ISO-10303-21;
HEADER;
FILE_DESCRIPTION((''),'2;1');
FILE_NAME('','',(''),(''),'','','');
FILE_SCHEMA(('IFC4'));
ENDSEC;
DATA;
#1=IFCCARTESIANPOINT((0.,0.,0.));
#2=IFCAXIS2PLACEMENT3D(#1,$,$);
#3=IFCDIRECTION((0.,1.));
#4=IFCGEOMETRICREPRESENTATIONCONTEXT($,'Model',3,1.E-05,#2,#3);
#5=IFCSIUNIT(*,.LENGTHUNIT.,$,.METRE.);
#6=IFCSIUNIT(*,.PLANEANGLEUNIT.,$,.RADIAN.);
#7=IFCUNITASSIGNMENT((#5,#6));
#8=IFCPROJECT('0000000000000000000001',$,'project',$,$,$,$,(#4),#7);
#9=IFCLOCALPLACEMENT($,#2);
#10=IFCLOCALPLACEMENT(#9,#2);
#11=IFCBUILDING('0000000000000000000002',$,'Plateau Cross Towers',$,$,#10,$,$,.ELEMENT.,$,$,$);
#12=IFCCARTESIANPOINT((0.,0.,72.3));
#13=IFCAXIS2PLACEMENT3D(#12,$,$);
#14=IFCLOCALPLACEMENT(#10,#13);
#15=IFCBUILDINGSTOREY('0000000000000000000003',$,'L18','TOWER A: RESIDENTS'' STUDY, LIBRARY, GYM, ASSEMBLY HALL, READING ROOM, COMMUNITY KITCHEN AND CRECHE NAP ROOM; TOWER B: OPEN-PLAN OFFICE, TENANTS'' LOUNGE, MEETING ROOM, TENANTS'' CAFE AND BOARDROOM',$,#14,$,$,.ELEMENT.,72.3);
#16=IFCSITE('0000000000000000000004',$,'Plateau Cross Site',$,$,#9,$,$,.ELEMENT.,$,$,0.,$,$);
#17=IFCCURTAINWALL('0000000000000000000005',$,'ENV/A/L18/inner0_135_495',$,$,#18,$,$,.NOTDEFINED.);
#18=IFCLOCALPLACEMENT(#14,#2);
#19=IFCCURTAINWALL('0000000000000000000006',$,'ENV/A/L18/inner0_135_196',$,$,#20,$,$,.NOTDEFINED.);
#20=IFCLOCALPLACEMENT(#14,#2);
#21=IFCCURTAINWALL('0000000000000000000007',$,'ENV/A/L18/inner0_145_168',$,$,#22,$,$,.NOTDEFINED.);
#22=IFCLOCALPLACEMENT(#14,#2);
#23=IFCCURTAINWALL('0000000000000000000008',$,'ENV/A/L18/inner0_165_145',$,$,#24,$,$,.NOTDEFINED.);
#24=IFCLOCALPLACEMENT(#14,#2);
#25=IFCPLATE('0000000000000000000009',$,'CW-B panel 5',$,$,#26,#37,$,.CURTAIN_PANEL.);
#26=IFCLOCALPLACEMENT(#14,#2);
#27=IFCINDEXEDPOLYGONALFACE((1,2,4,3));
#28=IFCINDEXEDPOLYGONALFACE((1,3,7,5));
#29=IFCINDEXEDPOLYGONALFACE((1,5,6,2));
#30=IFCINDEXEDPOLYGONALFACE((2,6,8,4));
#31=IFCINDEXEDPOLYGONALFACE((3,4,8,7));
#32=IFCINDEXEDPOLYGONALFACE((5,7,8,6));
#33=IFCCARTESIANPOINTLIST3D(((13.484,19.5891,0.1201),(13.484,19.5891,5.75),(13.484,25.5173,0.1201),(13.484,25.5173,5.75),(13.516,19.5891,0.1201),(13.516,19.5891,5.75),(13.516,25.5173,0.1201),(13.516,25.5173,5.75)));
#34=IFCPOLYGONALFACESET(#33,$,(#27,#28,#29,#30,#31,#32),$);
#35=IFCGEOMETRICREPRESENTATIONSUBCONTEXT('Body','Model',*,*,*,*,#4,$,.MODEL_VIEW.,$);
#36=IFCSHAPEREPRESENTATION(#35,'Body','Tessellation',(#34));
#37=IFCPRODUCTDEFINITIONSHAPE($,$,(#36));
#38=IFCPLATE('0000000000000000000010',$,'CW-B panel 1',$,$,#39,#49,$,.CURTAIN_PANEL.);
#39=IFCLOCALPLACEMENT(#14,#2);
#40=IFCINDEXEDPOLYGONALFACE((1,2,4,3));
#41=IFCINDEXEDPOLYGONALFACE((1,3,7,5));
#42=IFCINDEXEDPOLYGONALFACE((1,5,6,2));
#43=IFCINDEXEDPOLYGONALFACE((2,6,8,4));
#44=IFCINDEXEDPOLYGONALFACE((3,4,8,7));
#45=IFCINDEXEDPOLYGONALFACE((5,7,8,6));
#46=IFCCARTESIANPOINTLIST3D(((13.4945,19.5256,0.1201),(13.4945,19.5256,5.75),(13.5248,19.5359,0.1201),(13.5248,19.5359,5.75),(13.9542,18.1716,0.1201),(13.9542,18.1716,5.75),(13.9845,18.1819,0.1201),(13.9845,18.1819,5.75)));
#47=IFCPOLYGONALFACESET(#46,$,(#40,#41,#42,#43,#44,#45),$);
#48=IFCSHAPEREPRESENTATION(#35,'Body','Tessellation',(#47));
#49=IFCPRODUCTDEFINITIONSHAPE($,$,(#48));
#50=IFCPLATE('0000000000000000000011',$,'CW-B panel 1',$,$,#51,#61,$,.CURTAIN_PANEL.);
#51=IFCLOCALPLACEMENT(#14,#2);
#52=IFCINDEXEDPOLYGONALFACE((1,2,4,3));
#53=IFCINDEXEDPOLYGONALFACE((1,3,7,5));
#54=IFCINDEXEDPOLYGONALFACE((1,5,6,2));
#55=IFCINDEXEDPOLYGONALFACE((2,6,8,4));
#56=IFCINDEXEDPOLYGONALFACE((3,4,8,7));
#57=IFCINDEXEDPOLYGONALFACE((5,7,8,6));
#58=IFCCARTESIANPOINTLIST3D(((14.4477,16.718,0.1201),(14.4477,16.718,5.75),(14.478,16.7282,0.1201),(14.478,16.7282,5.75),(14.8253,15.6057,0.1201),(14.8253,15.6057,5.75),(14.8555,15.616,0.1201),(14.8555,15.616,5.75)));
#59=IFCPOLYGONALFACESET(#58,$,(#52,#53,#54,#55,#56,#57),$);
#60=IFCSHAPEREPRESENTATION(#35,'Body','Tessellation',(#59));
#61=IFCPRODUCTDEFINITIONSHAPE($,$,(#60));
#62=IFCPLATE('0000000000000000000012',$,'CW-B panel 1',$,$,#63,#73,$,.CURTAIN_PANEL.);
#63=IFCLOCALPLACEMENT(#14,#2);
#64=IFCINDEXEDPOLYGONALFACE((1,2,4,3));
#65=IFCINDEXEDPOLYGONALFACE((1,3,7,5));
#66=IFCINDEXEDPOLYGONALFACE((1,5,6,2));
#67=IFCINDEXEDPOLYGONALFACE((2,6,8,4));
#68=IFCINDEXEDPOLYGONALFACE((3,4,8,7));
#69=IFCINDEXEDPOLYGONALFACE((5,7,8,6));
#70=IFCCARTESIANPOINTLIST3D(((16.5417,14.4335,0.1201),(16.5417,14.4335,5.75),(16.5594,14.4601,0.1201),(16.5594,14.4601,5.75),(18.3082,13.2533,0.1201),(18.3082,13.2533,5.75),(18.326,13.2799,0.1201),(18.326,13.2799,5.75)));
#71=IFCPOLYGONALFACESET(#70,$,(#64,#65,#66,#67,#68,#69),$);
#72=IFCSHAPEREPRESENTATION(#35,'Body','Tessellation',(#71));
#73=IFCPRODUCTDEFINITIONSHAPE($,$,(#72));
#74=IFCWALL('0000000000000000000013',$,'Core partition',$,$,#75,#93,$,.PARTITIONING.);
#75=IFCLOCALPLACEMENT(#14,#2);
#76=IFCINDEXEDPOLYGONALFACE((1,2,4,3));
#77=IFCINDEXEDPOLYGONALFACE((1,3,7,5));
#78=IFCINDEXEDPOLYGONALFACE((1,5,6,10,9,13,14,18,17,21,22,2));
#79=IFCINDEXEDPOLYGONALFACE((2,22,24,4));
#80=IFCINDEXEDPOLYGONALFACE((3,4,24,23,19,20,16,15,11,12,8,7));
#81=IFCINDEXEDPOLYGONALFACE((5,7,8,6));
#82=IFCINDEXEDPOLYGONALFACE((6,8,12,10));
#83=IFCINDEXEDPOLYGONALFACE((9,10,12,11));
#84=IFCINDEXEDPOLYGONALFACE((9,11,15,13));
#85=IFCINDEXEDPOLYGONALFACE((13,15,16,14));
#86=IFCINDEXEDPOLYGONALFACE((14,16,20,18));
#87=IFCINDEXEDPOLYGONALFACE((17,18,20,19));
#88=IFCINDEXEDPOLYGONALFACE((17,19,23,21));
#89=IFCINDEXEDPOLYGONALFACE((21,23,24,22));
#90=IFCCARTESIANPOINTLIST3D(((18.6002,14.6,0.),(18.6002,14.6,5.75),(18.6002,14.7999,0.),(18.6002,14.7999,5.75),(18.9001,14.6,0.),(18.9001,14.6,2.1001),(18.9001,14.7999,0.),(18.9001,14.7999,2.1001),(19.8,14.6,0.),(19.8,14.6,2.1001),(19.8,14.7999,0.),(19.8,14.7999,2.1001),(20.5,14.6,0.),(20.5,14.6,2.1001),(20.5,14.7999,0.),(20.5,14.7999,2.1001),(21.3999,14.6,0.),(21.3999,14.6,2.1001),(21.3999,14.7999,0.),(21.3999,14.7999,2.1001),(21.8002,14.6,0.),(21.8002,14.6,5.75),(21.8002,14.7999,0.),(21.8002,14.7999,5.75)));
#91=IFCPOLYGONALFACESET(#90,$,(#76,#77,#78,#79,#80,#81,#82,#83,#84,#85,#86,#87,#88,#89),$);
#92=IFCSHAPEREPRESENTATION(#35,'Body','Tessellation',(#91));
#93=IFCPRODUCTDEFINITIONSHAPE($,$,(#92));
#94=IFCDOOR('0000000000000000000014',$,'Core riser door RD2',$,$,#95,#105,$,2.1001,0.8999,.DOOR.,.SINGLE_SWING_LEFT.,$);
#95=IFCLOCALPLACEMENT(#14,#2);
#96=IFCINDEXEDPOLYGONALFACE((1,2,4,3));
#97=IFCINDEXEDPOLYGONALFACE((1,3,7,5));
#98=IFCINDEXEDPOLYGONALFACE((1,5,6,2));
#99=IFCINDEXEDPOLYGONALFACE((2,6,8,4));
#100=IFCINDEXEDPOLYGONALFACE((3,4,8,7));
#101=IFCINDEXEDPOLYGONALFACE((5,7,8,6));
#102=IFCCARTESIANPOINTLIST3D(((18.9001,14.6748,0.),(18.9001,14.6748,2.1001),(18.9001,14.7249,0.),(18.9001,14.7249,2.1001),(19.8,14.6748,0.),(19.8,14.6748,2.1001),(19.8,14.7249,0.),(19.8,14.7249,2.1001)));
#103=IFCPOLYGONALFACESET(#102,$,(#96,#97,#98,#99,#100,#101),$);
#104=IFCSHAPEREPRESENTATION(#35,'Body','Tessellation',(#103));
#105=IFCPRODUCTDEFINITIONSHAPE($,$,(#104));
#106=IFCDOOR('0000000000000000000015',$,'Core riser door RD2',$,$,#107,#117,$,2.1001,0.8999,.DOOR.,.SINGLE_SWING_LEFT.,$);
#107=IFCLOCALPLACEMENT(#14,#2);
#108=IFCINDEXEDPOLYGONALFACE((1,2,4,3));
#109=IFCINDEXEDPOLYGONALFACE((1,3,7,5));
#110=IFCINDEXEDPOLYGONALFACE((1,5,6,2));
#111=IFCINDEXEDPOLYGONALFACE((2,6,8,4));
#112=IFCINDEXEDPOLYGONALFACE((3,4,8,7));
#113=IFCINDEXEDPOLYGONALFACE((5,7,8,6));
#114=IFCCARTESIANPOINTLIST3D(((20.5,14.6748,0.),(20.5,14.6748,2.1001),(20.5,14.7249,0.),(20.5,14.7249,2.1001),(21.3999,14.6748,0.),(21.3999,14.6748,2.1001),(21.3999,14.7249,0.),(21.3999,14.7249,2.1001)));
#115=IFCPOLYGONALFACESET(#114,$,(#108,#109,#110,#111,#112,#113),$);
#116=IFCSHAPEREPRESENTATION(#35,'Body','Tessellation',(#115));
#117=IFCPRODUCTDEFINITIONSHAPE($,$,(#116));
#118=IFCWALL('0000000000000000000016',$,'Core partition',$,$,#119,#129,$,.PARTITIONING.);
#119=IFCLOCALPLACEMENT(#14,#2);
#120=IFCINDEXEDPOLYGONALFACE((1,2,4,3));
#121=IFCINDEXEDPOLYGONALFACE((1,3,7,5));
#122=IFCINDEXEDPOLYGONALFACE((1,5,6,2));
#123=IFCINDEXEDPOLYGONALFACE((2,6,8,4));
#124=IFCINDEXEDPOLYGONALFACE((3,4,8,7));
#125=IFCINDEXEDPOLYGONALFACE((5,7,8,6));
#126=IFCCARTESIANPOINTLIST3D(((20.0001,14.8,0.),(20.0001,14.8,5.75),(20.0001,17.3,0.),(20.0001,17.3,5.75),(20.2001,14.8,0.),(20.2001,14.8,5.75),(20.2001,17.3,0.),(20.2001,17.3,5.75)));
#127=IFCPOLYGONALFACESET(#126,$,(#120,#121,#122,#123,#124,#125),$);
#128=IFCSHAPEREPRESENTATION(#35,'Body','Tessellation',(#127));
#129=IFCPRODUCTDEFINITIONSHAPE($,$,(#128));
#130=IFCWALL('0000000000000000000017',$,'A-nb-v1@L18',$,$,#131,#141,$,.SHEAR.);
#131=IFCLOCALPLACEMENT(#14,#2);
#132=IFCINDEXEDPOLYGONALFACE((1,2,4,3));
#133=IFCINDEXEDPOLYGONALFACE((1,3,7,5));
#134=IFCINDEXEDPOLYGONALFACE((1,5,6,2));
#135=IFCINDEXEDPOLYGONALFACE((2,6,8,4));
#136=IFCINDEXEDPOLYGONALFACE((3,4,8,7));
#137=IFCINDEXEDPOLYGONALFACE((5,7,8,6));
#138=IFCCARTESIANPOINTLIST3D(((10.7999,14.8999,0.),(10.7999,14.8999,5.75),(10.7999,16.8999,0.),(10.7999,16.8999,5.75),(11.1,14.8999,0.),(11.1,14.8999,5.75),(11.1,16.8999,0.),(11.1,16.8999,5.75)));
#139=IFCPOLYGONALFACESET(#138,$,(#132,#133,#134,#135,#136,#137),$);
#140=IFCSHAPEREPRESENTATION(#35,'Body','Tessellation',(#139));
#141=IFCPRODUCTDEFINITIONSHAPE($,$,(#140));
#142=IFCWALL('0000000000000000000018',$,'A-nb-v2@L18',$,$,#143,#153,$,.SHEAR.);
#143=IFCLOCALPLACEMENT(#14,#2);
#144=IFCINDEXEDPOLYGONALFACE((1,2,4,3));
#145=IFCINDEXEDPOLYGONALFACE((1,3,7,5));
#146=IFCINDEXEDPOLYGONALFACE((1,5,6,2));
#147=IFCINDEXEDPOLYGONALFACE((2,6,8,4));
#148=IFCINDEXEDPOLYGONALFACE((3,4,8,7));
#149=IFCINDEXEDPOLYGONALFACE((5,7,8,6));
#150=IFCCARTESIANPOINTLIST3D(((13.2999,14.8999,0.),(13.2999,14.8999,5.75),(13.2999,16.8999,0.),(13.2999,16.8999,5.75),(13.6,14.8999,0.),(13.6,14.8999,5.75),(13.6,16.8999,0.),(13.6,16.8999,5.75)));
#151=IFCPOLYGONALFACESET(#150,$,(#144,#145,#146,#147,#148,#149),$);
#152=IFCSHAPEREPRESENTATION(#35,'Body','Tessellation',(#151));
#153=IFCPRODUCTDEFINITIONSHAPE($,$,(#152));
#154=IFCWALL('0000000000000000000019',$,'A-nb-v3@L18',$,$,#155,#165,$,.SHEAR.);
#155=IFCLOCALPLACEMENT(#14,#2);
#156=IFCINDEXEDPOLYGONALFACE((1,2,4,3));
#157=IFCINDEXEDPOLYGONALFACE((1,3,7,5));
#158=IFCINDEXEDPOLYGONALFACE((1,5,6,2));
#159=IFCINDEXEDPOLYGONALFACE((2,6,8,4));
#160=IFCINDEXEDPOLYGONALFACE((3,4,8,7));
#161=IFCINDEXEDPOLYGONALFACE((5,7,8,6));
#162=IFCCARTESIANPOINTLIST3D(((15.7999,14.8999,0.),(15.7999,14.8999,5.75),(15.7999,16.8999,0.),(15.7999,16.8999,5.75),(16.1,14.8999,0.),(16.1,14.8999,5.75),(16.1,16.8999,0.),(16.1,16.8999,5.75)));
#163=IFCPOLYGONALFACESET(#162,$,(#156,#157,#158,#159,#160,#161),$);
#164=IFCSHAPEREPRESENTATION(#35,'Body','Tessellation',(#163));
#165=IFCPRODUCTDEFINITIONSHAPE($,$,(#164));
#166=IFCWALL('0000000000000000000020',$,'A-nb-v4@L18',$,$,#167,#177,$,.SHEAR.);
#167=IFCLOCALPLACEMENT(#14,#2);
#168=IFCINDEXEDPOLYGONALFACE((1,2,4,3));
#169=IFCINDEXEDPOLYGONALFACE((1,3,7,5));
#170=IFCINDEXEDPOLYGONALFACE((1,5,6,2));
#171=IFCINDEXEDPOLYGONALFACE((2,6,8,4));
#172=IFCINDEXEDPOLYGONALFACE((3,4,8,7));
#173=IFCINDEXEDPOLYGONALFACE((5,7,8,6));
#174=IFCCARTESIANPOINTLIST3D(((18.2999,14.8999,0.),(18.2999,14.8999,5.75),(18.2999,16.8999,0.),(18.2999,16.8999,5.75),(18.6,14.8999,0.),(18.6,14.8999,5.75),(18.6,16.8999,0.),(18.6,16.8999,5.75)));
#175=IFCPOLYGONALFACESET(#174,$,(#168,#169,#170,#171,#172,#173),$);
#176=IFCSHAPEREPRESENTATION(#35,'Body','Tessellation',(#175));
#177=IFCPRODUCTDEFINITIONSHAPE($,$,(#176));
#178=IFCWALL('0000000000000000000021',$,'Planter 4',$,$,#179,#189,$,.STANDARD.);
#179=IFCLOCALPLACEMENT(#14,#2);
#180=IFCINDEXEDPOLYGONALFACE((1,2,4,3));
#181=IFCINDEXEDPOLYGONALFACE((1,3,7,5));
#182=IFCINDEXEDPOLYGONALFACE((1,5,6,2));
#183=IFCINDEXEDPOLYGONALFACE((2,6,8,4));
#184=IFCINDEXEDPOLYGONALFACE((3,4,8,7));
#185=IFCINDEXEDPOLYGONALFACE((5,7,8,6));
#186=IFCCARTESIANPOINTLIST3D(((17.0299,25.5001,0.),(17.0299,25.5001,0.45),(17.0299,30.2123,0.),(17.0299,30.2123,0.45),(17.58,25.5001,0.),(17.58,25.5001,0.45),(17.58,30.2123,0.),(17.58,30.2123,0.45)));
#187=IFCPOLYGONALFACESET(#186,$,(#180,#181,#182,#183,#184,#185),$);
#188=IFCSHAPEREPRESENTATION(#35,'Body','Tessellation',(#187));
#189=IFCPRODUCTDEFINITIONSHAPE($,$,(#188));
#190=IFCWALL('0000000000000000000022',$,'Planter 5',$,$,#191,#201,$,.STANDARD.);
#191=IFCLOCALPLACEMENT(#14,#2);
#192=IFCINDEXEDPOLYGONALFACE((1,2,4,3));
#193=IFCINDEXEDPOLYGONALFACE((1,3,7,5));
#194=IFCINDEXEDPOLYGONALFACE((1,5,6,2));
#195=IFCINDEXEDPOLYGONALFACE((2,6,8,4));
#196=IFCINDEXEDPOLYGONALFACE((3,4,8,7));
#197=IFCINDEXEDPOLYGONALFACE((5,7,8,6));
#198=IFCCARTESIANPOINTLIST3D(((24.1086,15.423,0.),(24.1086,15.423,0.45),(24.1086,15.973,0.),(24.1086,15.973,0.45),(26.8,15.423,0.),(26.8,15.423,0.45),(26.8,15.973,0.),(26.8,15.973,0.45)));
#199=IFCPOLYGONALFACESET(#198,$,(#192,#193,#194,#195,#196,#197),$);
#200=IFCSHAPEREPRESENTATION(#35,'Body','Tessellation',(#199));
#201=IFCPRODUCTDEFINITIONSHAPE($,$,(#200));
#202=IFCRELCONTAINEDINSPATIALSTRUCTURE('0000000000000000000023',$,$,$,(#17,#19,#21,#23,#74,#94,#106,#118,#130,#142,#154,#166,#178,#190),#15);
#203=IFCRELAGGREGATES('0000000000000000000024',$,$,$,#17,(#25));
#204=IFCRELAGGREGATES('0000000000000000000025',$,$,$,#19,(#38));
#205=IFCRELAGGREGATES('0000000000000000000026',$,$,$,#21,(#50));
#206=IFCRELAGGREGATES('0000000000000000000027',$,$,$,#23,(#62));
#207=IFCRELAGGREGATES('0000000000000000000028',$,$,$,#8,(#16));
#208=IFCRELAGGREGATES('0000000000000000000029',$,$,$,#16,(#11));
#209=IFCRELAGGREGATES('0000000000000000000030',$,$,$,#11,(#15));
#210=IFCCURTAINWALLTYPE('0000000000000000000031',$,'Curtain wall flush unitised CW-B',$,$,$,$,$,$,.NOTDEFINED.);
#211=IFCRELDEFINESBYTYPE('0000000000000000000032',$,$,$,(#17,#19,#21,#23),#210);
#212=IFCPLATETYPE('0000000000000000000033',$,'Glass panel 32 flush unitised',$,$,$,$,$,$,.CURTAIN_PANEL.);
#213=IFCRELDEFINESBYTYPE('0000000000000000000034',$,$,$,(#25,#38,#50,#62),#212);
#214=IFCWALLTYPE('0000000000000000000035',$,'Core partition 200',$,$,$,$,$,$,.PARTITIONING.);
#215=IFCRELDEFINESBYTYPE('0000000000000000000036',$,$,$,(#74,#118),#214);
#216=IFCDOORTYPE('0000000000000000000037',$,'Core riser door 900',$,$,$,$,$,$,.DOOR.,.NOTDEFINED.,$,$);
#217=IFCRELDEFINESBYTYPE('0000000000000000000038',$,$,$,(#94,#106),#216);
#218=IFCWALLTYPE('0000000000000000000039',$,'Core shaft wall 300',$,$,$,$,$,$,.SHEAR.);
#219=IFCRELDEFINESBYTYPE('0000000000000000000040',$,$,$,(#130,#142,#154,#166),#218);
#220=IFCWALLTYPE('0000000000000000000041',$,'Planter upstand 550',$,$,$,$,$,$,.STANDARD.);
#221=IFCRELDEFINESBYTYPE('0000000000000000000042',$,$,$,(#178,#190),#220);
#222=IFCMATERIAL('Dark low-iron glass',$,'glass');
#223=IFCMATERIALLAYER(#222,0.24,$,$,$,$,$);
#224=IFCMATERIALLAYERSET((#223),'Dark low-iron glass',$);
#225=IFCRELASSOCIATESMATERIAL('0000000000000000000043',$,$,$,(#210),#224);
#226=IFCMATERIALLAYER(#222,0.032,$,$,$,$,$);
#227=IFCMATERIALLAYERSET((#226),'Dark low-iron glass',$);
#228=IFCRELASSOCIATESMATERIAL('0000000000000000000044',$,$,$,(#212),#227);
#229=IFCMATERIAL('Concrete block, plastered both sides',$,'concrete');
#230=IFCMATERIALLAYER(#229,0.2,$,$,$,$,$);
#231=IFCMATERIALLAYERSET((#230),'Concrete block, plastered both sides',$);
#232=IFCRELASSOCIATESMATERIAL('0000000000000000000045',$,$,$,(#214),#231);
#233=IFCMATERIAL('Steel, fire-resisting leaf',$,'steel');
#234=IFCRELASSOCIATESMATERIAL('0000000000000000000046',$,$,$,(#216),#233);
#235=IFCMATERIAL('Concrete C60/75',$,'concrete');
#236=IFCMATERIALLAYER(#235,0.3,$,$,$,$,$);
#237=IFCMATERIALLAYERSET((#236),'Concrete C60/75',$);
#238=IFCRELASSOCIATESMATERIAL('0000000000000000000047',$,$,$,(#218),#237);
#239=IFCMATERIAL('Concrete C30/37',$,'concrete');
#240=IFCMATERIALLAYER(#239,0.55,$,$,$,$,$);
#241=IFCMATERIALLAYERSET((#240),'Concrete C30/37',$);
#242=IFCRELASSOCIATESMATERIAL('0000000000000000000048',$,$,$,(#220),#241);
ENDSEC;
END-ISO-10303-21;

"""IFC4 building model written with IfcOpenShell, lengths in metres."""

from ifc_helpers import new_model, si_unit, direction, frame, frame_2d, origin, origin_2d, place, context, subcontext, project, spatial, rectangle, extrude, material, layer, layer_set, type_object, element, fill, aggregate, save


model = new_model("IFC4")

# Units and contexts
model_context = context("Model", 3, precision=1e-05, world=origin(), true_north=direction((0.0, 1.0)))
body_context = subcontext(model_context, "Body", "Model", "MODEL_VIEW")
ifc_project = project(units=[si_unit("LENGTHUNIT", "METRE"), si_unit("PLANEANGLEUNIT", "RADIAN")], contexts=[model_context])

# Site, building, storey
site_placement = place(None, origin())
site = spatial("IfcSite", under=ifc_project, at=site_placement, Name="Plateau Cross Site", CompositionType="ELEMENT", RefElevation=0.0)
building_placement = place(site_placement, origin())
building = spatial("IfcBuilding", under=site, at=building_placement, Name="Plateau Cross Towers", CompositionType="ELEMENT")
storey_placement = place(building_placement, frame((0.0, 0.0, 72.3)))
storey = spatial("IfcBuildingStorey", under=building, at=storey_placement, Name="L18", Description="TOWER A: RESIDENTS' STUDY, LIBRARY, GYM, ASSEMBLY HALL, READING ROOM, COMMUNITY KITCHEN AND CRECHE NAP ROOM; TOWER B: OPEN-PLAN OFFICE, TENANTS' LOUNGE, MEETING ROOM, TENANTS' CAFE AND BOARDROOM", CompositionType="ELEMENT", Elevation=72.3)

# Shared definitions
ifc_material_1 = material(Name="Concrete C60/75", Category="concrete")

# Curtain walls
ifc_material_2 = material(Name="Dark low-iron glass", Category="glass")
ifc_layer_1 = layer(ifc_material_2, 0.24)
ifc_layer_set_1 = layer_set([ifc_layer_1], Name="Dark low-iron glass")
curtain_wall_type = type_object("IfcCurtainWallType", Name="Curtain wall flush unitised CW-B", PredefinedType="NOTDEFINED", material=ifc_layer_set_1)
curtain_wall_1_placement = place(storey_placement, origin())
curtain_wall_1 = element("IfcCurtainWall", 1, at=curtain_wall_1_placement, inside=storey, type_object=curtain_wall_type, Name="ENV/A/L18/inner0_135_495", PredefinedType="NOTDEFINED")
curtain_wall_2_placement = place(storey_placement, origin())
curtain_wall_2 = element("IfcCurtainWall", 2, at=curtain_wall_2_placement, inside=storey, type_object=curtain_wall_type, Name="ENV/A/L18/inner0_135_196", PredefinedType="NOTDEFINED")
curtain_wall_3_placement = place(storey_placement, origin())
curtain_wall_3 = element("IfcCurtainWall", 3, at=curtain_wall_3_placement, inside=storey, type_object=curtain_wall_type, Name="ENV/A/L18/inner0_145_168", PredefinedType="NOTDEFINED")

# Curtain wall
curtain_wall_4_placement = place(storey_placement, origin())
curtain_wall_4 = element("IfcCurtainWall", 4, at=curtain_wall_4_placement, inside=storey, type_object=curtain_wall_type, Name="ENV/A/L18/inner0_165_145", PredefinedType="NOTDEFINED")

# Plates
ifc_layer_2 = layer(ifc_material_2, 0.032)
ifc_layer_set_2 = layer_set([ifc_layer_2], Name="Dark low-iron glass")
plate_type = type_object("IfcPlateType", Name="Glass panel 32 flush unitised", PredefinedType="CURTAIN_PANEL", material=ifc_layer_set_2)
plate_1_placement = place(storey_placement, frame((13.5, 22.5532, 0.1201), z_axis=(0.0, 0.0, 1.0), x_axis=(0.0, -1.0, 0.0)))
plate_1 = element("IfcPlate", 5, at=plate_1_placement, type_object=plate_type, Name="CW-B panel 5", PredefinedType="CURTAIN_PANEL", context=body_context, shape_type="SweptSolid", body=[
    extrude(rectangle(XDim=5.9282, YDim=0.032, at=origin_2d()), origin(), (0.0, 0.0, 1.0), 5.6299),
])
aggregate(curtain_wall_1, [plate_1])
plate_2_placement = place(storey_placement, frame((13.7395, 18.8538, 0.1201), z_axis=(0.0, 0.0, 1.0), x_axis=(0.321469, -0.94692, 0.0)))
plate_2 = element("IfcPlate", 6, at=plate_2_placement, type_object=plate_type, Name="CW-B panel 1", PredefinedType="CURTAIN_PANEL", context=body_context, shape_type="SweptSolid", body=[
    extrude(rectangle(XDim=1.4299, YDim=0.032, at=origin_2d()), origin(), (0.0, 0.0, 1.0), 5.6299),
])
aggregate(curtain_wall_2, [plate_2])
plate_3_placement = place(storey_placement, frame((14.6516, 16.167, 0.1201), z_axis=(0.0, 0.0, 1.0), x_axis=(0.321469, -0.94692, 0.0)))
plate_3 = element("IfcPlate", 7, at=plate_3_placement, type_object=plate_type, Name="CW-B panel 1", PredefinedType="CURTAIN_PANEL", context=body_context, shape_type="SweptSolid", body=[
    extrude(rectangle(XDim=1.1746, YDim=0.032, at=origin_2d()), origin(), (0.0, 0.0, 1.0), 5.6299),
])
aggregate(curtain_wall_3, [plate_3])
plate_4_placement = place(storey_placement, frame((17.4338, 13.8567, 0.1201), z_axis=(0.0, 0.0, 1.0), x_axis=(0.831521, -0.555493, 0.0)))
plate_4 = element("IfcPlate", 8, at=plate_4_placement, type_object=plate_type, Name="CW-B panel 1", PredefinedType="CURTAIN_PANEL", context=body_context, shape_type="SweptSolid", body=[
    extrude(rectangle(XDim=2.1245, YDim=0.032, at=origin_2d()), origin(), (0.0, 0.0, 1.0), 5.6299),
])
aggregate(curtain_wall_4, [plate_4])

# Wall, openings, doors
ifc_material_3 = material(Name="Concrete block, plastered both sides", Category="concrete")
ifc_layer_3 = layer(ifc_material_3, 0.2)
ifc_layer_set_3 = layer_set([ifc_layer_3], Name="Concrete block, plastered both sides")
wall_type_1 = type_object("IfcWallType", Name="Core partition 200", PredefinedType="PARTITIONING", material=ifc_layer_set_3)
wall_1_placement = place(storey_placement, frame((18.6001, 14.7, 0.0), z_axis=(0.0, 0.0, 1.0), x_axis=(1.0, 0.0, 0.0)))
wall_1 = element("IfcWall", 9, at=wall_1_placement, inside=storey, type_object=wall_type_1, Name="Core partition", PredefinedType="PARTITIONING", context=body_context, shape_type="SweptSolid", body=[
    extrude(rectangle(XDim=3.2, YDim=0.2, at=frame_2d((1.6001, 0.0))), origin(), (0.0, 0.0, 1.0), 5.75),
])
opening_1_placement = place(wall_1_placement, frame((0.3, 0.0, 0.0)))
opening_1 = element("IfcOpeningElement", 10, at=opening_1_placement, cuts=wall_1, PredefinedType="OPENING", context=body_context, shape_type="SweptSolid", body=[
    extrude(rectangle(XDim=0.8999, YDim=2.1001, at=frame_2d((0.45, 1.05))), frame((0.0, 0.1099, 0.0), z_axis=(0.0, -1.0, 0.0), x_axis=(1.0, 0.0, 0.0)), (0.0, 0.0, 1.0), 0.22),
])
opening_2_placement = place(wall_1_placement, frame((1.8999, 0.0, 0.0)))
opening_2 = element("IfcOpeningElement", 11, at=opening_2_placement, cuts=wall_1, PredefinedType="OPENING", context=body_context, shape_type="SweptSolid", body=[
    extrude(rectangle(XDim=0.8999, YDim=2.1001, at=frame_2d((0.45, 1.05))), frame((0.0, 0.1099, 0.0), z_axis=(0.0, -1.0, 0.0), x_axis=(1.0, 0.0, 0.0)), (0.0, 0.0, 1.0), 0.22),
])
ifc_material_4 = material(Name="Steel, fire-resisting leaf", Category="steel")
door_type_1 = type_object("IfcDoorType", Name="Core riser door 900", OperationType="NOTDEFINED", PredefinedType="DOOR", material=ifc_material_4)
door_1_placement = place(opening_1_placement, origin())
door_1 = element("IfcDoor", 12, at=door_1_placement, inside=storey, type_object=door_type_1, Name="Core riser door RD2", OperationType="SINGLE_SWING_LEFT", OverallHeight=2.1001, OverallWidth=0.8999, PredefinedType="DOOR", context=body_context, shape_type="SweptSolid", body=[
    extrude(rectangle(XDim=0.8999, YDim=2.1001, at=frame_2d((0.45, 1.05))), frame((0.0, 0.0249, 0.0), z_axis=(0.0, -1.0, 0.0), x_axis=(1.0, 0.0, 0.0)), (0.0, 0.0, 1.0), 0.05),
])
fill(opening_1, door_1)
door_2_placement = place(opening_2_placement, origin())
door_2 = element("IfcDoor", 13, at=door_2_placement, inside=storey, type_object=door_type_1, Name="Core riser door RD2", OperationType="SINGLE_SWING_LEFT", OverallHeight=2.1001, OverallWidth=0.8999, PredefinedType="DOOR", context=body_context, shape_type="SweptSolid", body=[
    extrude(rectangle(XDim=0.8999, YDim=2.1001, at=frame_2d((0.45, 1.05))), frame((0.0, 0.0249, 0.0), z_axis=(0.0, -1.0, 0.0), x_axis=(1.0, 0.0, 0.0)), (0.0, 0.0, 1.0), 0.05),
])
fill(opening_2, door_2)

# Walls
wall_2_placement = place(storey_placement, frame((20.1001, 14.8, 0.0), z_axis=(0.0, 0.0, 1.0), x_axis=(0.0, 1.0, 0.0)))
element("IfcWall", 14, at=wall_2_placement, inside=storey, type_object=wall_type_1, Name="Core partition", PredefinedType="PARTITIONING", context=body_context, shape_type="SweptSolid", body=[
    extrude(rectangle(XDim=2.5, YDim=0.2, at=frame_2d((1.25, 0.0))), origin(), (0.0, 0.0, 1.0), 5.75),
])
ifc_layer_4 = layer(ifc_material_1, 0.3)
ifc_layer_set_4 = layer_set([ifc_layer_4], Name="Concrete C60/75")
wall_type_2 = type_object("IfcWallType", Name="Core shaft wall 300", PredefinedType="SHEAR", material=ifc_layer_set_4)
for number, where, z_axis, x_axis, name in (
    (15, (10.95, 14.8999, 0.0), (0.0, 0.0, 1.0), (0.0, 1.0, 0.0), "A-nb-v1@L18"),
    (16, (13.45, 14.8999, 0.0), (0.0, 0.0, 1.0), (0.0, 1.0, 0.0), "A-nb-v2@L18"),
    (17, (15.95, 14.8999, 0.0), (0.0, 0.0, 1.0), (0.0, 1.0, 0.0), "A-nb-v3@L18"),
    (18, (18.45, 14.8999, 0.0), (0.0, 0.0, 1.0), (0.0, 1.0, 0.0), "A-nb-v4@L18"),
):
    element("IfcWall", number, at=place(storey_placement, frame(where, z_axis=z_axis, x_axis=x_axis)), inside=storey, type_object=wall_type_2, Name=name, PredefinedType="SHEAR", context=body_context, shape_type="SweptSolid", body=[
        extrude(rectangle(XDim=2.0, YDim=0.3, at=frame_2d((1.0, 0.0))), origin(), (0.0, 0.0, 1.0), 5.75),
    ])
ifc_material_5 = material(Name="Concrete C30/37", Category="concrete")
ifc_layer_5 = layer(ifc_material_5, 0.55)
ifc_layer_set_5 = layer_set([ifc_layer_5], Name="Concrete C30/37")
wall_type_3 = type_object("IfcWallType", Name="Planter upstand 550", PredefinedType="STANDARD", material=ifc_layer_set_5)
wall_3_placement = place(storey_placement, frame((17.3049, 30.2122, 0.0), z_axis=(0.0, 0.0, 1.0), x_axis=(0.0, -1.0, 0.0)))
element("IfcWall", 19, at=wall_3_placement, inside=storey, type_object=wall_type_3, Name="Planter 4", PredefinedType="STANDARD", context=body_context, shape_type="SweptSolid", body=[
    extrude(rectangle(XDim=4.7122, YDim=0.55, at=frame_2d((2.356, 0.0))), origin(), (0.0, 0.0, 1.0), 0.45),
])
wall_4_placement = place(storey_placement, frame((24.1086, 15.698, 0.0), z_axis=(0.0, 0.0, 1.0), x_axis=(1.0, 0.0, 0.0)))
element("IfcWall", 20, at=wall_4_placement, inside=storey, type_object=wall_type_3, Name="Planter 5", PredefinedType="STANDARD", context=body_context, shape_type="SweptSolid", body=[
    extrude(rectangle(XDim=2.6914, YDim=0.55, at=frame_2d((1.3457, 0.0))), origin(), (0.0, 0.0, 1.0), 0.45),
])

save(model, "model.ifc")
